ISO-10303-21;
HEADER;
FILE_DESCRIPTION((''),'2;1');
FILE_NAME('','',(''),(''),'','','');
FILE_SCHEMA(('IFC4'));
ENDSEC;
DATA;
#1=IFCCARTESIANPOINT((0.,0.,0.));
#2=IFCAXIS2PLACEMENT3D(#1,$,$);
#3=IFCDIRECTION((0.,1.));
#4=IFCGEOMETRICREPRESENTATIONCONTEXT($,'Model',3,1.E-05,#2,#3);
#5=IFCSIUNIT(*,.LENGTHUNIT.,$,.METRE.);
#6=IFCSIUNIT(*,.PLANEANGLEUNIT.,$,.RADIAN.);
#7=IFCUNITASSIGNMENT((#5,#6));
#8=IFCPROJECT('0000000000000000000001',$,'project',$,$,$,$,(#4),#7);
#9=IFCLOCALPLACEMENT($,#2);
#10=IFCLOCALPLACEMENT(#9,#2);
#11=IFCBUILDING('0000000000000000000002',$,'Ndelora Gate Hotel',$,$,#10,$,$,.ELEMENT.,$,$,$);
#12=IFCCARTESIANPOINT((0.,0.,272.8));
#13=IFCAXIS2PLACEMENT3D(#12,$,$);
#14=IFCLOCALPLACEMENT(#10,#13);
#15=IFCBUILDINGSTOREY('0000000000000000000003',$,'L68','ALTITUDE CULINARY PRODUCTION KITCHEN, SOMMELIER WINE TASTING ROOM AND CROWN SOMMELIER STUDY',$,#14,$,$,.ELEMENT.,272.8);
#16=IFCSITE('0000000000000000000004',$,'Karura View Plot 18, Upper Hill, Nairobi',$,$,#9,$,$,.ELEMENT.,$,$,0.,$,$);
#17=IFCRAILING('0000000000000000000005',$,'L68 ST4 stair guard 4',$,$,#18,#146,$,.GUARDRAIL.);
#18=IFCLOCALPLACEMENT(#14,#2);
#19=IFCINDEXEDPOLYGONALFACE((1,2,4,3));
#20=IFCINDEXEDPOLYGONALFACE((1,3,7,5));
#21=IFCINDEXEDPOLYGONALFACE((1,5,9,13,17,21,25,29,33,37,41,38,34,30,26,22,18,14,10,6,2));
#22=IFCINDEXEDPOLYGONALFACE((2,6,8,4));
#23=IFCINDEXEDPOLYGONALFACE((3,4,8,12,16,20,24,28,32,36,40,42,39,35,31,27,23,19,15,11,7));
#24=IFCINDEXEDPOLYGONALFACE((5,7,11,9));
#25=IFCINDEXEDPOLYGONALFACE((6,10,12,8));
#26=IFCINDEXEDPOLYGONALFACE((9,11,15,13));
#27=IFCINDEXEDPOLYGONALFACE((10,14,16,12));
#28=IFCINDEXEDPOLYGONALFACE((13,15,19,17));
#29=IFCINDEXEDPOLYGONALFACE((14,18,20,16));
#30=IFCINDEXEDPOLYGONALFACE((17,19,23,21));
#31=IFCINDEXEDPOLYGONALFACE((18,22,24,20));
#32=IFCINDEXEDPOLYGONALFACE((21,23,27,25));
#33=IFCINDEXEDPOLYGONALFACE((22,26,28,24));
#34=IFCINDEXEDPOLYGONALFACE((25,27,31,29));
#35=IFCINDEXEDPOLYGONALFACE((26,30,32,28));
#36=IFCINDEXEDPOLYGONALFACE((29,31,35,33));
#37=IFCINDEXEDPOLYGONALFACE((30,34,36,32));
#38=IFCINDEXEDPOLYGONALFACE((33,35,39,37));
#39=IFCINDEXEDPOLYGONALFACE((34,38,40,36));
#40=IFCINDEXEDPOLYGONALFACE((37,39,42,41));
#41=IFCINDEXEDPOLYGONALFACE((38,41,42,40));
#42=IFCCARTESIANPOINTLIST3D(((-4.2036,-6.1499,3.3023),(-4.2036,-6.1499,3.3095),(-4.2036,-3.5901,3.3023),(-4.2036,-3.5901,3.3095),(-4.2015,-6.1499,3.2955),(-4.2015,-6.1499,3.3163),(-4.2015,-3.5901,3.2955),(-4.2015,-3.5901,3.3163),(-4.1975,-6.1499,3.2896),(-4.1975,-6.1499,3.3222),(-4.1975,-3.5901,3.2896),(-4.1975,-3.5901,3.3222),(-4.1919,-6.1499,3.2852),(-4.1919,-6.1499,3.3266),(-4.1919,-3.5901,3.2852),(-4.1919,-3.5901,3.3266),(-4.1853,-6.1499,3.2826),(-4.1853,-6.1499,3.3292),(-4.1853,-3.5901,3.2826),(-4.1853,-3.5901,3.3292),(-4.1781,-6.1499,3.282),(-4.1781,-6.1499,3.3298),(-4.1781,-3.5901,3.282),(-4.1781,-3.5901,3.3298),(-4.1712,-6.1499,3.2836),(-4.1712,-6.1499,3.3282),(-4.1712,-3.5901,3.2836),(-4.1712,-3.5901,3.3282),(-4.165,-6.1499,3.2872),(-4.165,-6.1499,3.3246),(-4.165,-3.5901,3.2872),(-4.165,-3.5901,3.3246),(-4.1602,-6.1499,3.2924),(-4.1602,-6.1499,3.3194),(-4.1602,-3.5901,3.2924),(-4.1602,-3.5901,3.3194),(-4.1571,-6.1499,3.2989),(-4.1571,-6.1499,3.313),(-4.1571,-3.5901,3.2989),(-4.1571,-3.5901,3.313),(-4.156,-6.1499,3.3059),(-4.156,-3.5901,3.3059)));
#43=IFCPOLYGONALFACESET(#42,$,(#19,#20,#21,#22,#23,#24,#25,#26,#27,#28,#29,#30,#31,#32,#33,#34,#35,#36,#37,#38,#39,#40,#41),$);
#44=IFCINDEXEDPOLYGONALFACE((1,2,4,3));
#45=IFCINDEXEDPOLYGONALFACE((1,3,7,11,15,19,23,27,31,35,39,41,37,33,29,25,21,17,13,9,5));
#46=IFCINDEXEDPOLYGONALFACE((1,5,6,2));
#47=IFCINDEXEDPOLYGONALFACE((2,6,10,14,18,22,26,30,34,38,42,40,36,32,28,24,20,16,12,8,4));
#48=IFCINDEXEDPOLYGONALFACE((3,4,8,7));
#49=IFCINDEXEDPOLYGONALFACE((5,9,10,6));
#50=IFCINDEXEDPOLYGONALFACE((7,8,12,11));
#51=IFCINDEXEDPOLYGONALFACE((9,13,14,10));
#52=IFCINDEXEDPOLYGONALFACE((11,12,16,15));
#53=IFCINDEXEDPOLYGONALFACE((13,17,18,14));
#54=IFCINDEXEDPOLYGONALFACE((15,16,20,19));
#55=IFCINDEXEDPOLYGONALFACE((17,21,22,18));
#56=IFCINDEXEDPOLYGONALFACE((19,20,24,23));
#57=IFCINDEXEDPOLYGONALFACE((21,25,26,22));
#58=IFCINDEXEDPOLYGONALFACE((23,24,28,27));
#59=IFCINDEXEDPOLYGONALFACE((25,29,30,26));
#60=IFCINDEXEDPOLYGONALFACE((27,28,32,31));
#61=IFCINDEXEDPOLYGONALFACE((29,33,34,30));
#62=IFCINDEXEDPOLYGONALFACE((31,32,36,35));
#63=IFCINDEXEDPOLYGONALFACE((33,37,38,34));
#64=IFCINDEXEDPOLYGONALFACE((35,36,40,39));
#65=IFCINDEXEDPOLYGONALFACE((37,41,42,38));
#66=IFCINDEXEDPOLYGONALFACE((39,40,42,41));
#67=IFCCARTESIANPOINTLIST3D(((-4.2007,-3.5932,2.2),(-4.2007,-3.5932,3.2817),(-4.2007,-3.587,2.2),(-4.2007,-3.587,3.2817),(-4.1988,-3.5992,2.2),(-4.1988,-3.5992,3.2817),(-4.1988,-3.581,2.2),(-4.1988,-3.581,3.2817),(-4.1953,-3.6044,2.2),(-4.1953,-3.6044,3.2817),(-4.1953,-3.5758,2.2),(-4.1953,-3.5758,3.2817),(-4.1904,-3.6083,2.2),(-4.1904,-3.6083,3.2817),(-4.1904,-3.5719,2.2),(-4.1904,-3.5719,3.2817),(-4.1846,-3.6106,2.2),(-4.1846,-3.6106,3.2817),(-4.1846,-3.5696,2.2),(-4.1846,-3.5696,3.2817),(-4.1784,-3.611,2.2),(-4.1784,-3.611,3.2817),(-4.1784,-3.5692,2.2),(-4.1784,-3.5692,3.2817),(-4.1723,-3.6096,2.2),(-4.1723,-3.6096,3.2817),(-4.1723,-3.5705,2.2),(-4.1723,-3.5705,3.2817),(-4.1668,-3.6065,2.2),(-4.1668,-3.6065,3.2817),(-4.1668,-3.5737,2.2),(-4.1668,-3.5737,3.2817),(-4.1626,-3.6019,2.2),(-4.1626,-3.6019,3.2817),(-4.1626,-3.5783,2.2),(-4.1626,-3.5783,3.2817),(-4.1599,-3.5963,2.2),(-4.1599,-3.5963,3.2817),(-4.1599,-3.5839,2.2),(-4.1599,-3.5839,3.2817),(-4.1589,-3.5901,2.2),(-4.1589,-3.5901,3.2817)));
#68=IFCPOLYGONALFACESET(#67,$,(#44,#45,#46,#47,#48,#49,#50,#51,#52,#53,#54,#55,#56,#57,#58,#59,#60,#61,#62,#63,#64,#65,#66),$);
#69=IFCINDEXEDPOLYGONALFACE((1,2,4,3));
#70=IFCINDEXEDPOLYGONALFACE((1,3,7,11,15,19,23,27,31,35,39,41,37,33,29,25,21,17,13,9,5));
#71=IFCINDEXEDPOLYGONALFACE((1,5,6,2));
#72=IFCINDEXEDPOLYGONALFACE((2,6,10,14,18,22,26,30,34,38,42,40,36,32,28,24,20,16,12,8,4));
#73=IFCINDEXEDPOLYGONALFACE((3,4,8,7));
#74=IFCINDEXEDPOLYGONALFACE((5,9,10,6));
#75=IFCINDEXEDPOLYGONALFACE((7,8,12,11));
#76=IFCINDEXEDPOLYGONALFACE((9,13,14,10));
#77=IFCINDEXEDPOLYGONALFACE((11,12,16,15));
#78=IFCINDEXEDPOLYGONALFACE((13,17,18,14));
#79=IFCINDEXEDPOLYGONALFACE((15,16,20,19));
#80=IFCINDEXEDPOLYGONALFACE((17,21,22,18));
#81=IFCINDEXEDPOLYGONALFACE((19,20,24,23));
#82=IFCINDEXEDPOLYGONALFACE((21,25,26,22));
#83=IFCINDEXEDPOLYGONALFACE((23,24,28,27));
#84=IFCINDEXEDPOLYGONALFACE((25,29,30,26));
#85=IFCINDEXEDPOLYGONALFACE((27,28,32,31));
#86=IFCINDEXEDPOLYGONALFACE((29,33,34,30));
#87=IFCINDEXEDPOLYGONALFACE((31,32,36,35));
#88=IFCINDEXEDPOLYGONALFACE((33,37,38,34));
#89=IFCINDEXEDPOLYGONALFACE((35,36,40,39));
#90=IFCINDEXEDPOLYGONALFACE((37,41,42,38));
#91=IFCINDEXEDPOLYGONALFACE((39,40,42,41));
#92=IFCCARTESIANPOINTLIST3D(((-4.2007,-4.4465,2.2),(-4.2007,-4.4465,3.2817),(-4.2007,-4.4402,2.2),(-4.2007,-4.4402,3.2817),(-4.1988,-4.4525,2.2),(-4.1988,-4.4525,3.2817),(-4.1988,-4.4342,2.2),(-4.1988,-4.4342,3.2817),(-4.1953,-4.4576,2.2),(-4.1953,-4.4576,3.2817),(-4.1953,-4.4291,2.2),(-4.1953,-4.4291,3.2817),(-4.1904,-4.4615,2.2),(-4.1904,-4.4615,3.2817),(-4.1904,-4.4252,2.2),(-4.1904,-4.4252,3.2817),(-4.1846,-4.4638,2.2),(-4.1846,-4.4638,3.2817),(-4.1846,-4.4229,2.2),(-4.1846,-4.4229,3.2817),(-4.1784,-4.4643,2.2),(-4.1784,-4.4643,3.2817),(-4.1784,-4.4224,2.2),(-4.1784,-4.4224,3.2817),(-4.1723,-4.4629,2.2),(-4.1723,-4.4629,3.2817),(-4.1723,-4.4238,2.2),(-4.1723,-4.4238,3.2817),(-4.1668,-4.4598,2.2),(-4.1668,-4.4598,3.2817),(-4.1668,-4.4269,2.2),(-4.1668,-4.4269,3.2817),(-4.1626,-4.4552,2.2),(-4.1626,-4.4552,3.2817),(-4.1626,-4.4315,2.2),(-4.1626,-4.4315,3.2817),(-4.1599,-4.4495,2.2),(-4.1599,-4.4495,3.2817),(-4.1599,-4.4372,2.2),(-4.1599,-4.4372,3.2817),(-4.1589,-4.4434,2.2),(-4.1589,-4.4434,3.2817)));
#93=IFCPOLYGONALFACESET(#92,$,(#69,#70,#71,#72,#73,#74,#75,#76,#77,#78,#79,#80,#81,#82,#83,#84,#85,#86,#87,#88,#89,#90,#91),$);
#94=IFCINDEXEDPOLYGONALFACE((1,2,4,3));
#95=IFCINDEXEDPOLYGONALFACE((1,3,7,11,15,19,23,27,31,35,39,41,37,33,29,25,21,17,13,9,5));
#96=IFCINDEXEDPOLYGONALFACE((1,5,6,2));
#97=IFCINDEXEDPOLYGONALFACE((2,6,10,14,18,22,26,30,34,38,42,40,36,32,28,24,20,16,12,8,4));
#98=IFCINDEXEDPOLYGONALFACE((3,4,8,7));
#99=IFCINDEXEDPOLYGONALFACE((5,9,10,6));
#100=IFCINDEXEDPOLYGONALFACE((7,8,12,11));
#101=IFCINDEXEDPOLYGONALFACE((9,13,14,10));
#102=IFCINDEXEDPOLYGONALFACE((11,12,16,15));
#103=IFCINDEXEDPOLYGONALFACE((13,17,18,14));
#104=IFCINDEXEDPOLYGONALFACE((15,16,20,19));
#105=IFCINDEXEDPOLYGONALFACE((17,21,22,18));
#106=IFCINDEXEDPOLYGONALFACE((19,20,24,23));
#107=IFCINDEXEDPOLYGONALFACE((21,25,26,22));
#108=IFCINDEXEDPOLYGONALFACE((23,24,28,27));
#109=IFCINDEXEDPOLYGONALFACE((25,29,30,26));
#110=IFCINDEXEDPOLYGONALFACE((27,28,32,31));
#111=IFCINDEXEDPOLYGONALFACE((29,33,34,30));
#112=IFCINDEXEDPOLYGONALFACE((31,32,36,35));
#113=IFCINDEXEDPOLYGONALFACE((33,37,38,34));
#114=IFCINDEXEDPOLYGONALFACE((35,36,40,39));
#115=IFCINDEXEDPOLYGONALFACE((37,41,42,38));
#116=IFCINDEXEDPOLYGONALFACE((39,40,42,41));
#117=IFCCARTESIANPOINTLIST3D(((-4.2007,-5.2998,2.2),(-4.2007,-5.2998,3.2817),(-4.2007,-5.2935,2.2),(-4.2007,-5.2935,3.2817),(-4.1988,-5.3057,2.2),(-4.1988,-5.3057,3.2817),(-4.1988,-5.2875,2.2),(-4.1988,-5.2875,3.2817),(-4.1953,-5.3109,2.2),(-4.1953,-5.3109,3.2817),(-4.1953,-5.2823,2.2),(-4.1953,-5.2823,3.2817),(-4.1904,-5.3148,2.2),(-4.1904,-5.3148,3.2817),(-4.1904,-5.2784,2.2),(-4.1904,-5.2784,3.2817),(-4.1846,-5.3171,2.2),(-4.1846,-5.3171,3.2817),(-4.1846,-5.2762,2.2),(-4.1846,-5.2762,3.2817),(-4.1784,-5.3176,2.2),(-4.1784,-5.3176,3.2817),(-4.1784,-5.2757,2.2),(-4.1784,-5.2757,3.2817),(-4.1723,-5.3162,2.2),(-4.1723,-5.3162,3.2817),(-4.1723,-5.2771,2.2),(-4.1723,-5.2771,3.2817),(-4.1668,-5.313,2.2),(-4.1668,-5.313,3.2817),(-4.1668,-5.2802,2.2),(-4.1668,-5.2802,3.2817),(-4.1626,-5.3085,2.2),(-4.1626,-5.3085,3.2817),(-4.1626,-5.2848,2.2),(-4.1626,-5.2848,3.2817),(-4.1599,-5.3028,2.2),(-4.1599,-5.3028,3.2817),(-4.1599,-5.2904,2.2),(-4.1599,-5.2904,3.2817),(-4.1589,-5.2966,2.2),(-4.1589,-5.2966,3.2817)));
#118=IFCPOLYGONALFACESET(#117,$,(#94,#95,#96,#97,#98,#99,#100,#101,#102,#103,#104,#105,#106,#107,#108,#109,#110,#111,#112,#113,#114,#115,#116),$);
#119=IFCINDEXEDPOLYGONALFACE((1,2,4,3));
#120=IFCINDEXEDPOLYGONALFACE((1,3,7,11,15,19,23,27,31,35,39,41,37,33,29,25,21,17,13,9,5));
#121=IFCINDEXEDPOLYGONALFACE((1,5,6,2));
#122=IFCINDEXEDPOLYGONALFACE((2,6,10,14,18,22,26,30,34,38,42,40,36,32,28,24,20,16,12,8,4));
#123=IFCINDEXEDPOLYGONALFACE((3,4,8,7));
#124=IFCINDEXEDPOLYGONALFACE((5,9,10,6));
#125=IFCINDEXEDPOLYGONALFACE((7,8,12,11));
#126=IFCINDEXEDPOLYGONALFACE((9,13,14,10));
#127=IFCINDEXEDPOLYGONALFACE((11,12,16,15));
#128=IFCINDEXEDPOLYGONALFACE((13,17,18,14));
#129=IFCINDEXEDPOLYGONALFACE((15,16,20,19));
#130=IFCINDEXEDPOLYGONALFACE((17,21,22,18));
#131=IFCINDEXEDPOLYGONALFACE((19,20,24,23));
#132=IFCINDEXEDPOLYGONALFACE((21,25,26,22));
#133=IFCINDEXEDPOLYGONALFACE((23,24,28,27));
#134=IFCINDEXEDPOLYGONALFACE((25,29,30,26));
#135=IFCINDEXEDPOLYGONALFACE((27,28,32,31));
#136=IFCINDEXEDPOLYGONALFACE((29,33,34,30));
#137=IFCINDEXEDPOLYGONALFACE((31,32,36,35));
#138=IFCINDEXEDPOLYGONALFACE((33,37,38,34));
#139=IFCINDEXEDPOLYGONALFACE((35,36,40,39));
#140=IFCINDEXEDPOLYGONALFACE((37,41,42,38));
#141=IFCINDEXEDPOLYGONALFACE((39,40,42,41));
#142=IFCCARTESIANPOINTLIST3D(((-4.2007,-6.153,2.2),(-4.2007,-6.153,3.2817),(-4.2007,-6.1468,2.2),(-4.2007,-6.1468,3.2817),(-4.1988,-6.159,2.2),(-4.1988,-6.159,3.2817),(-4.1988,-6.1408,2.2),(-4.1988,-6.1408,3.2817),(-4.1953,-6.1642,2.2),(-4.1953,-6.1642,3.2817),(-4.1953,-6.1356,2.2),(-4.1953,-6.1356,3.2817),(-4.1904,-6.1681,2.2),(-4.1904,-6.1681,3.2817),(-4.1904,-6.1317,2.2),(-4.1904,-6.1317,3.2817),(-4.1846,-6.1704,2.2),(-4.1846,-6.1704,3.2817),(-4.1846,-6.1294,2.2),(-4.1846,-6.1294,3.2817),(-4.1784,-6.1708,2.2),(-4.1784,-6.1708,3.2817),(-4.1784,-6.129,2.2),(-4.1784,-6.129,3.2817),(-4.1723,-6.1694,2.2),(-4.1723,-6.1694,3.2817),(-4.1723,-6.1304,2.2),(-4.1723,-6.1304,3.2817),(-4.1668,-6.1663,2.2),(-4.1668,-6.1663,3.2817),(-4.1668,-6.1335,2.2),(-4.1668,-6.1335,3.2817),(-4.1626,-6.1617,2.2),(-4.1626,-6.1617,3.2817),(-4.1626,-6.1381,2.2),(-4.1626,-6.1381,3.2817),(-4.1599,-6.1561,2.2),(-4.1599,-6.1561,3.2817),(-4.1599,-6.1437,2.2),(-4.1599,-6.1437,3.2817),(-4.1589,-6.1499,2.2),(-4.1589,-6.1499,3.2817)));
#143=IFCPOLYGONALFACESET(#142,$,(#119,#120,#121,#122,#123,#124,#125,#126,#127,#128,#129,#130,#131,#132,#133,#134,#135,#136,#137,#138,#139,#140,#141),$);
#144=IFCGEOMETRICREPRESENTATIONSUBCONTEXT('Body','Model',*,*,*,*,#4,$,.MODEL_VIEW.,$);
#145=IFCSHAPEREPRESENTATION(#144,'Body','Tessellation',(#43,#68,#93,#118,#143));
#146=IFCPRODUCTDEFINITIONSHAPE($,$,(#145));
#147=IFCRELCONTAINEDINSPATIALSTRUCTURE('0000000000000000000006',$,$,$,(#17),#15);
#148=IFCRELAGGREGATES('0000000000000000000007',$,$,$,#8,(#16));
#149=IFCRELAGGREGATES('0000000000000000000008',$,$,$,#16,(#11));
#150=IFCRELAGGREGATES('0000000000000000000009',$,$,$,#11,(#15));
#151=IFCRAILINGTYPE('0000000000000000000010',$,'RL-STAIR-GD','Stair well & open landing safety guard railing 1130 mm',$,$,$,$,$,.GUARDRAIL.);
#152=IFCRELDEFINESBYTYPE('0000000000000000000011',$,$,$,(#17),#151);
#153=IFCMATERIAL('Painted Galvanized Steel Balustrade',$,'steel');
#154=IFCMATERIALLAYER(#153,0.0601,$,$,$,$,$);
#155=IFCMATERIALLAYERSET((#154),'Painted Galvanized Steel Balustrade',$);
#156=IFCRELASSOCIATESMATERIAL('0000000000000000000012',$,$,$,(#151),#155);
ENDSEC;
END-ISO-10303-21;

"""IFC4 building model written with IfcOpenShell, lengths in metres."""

from ifc_helpers import new_model, si_unit, direction, frame, origin, origin_2d, place, context, subcontext, project, spatial, circle, extrude, material, layer, layer_set, type_object, element, save


model = new_model("IFC4")

# Units and contexts
model_context = context("Model", 3, precision=1e-05, world=origin(), true_north=direction((0.0, 1.0)))
body_context = subcontext(model_context, "Body", "Model", "MODEL_VIEW")
ifc_project = project(units=[si_unit("LENGTHUNIT", "METRE"), si_unit("PLANEANGLEUNIT", "RADIAN")], contexts=[model_context])

# Site, building, storey
site_placement = place(None, origin())
site = spatial("IfcSite", under=ifc_project, at=site_placement, Name="Karura View Plot 18, Upper Hill, Nairobi", CompositionType="ELEMENT", RefElevation=0.0)
building_placement = place(site_placement, origin())
building = spatial("IfcBuilding", under=site, at=building_placement, Name="Ndelora Gate Hotel", CompositionType="ELEMENT")
storey_placement = place(building_placement, frame((0.0, 0.0, 272.8)))
storey = spatial("IfcBuildingStorey", under=building, at=storey_placement, Name="L68", Description="ALTITUDE CULINARY PRODUCTION KITCHEN, SOMMELIER WINE TASTING ROOM AND CROWN SOMMELIER STUDY", CompositionType="ELEMENT", Elevation=272.8)

# Railing
ifc_material_1 = material(Name="Painted Galvanized Steel Balustrade", Category="steel")
ifc_layer_1 = layer(ifc_material_1, 0.0601)
ifc_layer_set_1 = layer_set([ifc_layer_1], Name="Painted Galvanized Steel Balustrade")
railing_type_1 = type_object("IfcRailingType", Name="RL-STAIR-GD", Description="Stair well & open landing safety guard railing 1130 mm", PredefinedType="GUARDRAIL", material=ifc_layer_set_1)
for number, where, name in (
    (1, (-4.1799, -3.5901, 2.2), "L68 ST4 stair guard 4"),
):
    element("IfcRailing", number, at=place(storey_placement, frame(where)), inside=storey, type_object=railing_type_1, Name=name, PredefinedType="GUARDRAIL", context=body_context, shape_type="SweptSolid", body=[
        extrude(circle(Radius=0.0239, at=origin_2d()), frame((0.0, 0.0, 1.106), z_axis=(0.0, -1.0, 0.0), x_axis=(1.0, 0.0, 0.0)), (0.0, 0.0, 1.0), 2.5598),
        extrude(circle(Radius=0.021, at=origin_2d()), origin(), (0.0, 0.0, 1.0), 1.0818),
        extrude(circle(Radius=0.021, at=origin_2d()), frame((0.0, -0.8533, 0.0)), (0.0, 0.0, 1.0), 1.0818),
        extrude(circle(Radius=0.021, at=origin_2d()), frame((0.0, -1.7065, 0.0)), (0.0, 0.0, 1.0), 1.0818),
        extrude(circle(Radius=0.021, at=origin_2d()), frame((0.0, -2.5598, 0.0)), (0.0, 0.0, 1.0), 1.0818),
    ])

save(model, "model.ifc")
